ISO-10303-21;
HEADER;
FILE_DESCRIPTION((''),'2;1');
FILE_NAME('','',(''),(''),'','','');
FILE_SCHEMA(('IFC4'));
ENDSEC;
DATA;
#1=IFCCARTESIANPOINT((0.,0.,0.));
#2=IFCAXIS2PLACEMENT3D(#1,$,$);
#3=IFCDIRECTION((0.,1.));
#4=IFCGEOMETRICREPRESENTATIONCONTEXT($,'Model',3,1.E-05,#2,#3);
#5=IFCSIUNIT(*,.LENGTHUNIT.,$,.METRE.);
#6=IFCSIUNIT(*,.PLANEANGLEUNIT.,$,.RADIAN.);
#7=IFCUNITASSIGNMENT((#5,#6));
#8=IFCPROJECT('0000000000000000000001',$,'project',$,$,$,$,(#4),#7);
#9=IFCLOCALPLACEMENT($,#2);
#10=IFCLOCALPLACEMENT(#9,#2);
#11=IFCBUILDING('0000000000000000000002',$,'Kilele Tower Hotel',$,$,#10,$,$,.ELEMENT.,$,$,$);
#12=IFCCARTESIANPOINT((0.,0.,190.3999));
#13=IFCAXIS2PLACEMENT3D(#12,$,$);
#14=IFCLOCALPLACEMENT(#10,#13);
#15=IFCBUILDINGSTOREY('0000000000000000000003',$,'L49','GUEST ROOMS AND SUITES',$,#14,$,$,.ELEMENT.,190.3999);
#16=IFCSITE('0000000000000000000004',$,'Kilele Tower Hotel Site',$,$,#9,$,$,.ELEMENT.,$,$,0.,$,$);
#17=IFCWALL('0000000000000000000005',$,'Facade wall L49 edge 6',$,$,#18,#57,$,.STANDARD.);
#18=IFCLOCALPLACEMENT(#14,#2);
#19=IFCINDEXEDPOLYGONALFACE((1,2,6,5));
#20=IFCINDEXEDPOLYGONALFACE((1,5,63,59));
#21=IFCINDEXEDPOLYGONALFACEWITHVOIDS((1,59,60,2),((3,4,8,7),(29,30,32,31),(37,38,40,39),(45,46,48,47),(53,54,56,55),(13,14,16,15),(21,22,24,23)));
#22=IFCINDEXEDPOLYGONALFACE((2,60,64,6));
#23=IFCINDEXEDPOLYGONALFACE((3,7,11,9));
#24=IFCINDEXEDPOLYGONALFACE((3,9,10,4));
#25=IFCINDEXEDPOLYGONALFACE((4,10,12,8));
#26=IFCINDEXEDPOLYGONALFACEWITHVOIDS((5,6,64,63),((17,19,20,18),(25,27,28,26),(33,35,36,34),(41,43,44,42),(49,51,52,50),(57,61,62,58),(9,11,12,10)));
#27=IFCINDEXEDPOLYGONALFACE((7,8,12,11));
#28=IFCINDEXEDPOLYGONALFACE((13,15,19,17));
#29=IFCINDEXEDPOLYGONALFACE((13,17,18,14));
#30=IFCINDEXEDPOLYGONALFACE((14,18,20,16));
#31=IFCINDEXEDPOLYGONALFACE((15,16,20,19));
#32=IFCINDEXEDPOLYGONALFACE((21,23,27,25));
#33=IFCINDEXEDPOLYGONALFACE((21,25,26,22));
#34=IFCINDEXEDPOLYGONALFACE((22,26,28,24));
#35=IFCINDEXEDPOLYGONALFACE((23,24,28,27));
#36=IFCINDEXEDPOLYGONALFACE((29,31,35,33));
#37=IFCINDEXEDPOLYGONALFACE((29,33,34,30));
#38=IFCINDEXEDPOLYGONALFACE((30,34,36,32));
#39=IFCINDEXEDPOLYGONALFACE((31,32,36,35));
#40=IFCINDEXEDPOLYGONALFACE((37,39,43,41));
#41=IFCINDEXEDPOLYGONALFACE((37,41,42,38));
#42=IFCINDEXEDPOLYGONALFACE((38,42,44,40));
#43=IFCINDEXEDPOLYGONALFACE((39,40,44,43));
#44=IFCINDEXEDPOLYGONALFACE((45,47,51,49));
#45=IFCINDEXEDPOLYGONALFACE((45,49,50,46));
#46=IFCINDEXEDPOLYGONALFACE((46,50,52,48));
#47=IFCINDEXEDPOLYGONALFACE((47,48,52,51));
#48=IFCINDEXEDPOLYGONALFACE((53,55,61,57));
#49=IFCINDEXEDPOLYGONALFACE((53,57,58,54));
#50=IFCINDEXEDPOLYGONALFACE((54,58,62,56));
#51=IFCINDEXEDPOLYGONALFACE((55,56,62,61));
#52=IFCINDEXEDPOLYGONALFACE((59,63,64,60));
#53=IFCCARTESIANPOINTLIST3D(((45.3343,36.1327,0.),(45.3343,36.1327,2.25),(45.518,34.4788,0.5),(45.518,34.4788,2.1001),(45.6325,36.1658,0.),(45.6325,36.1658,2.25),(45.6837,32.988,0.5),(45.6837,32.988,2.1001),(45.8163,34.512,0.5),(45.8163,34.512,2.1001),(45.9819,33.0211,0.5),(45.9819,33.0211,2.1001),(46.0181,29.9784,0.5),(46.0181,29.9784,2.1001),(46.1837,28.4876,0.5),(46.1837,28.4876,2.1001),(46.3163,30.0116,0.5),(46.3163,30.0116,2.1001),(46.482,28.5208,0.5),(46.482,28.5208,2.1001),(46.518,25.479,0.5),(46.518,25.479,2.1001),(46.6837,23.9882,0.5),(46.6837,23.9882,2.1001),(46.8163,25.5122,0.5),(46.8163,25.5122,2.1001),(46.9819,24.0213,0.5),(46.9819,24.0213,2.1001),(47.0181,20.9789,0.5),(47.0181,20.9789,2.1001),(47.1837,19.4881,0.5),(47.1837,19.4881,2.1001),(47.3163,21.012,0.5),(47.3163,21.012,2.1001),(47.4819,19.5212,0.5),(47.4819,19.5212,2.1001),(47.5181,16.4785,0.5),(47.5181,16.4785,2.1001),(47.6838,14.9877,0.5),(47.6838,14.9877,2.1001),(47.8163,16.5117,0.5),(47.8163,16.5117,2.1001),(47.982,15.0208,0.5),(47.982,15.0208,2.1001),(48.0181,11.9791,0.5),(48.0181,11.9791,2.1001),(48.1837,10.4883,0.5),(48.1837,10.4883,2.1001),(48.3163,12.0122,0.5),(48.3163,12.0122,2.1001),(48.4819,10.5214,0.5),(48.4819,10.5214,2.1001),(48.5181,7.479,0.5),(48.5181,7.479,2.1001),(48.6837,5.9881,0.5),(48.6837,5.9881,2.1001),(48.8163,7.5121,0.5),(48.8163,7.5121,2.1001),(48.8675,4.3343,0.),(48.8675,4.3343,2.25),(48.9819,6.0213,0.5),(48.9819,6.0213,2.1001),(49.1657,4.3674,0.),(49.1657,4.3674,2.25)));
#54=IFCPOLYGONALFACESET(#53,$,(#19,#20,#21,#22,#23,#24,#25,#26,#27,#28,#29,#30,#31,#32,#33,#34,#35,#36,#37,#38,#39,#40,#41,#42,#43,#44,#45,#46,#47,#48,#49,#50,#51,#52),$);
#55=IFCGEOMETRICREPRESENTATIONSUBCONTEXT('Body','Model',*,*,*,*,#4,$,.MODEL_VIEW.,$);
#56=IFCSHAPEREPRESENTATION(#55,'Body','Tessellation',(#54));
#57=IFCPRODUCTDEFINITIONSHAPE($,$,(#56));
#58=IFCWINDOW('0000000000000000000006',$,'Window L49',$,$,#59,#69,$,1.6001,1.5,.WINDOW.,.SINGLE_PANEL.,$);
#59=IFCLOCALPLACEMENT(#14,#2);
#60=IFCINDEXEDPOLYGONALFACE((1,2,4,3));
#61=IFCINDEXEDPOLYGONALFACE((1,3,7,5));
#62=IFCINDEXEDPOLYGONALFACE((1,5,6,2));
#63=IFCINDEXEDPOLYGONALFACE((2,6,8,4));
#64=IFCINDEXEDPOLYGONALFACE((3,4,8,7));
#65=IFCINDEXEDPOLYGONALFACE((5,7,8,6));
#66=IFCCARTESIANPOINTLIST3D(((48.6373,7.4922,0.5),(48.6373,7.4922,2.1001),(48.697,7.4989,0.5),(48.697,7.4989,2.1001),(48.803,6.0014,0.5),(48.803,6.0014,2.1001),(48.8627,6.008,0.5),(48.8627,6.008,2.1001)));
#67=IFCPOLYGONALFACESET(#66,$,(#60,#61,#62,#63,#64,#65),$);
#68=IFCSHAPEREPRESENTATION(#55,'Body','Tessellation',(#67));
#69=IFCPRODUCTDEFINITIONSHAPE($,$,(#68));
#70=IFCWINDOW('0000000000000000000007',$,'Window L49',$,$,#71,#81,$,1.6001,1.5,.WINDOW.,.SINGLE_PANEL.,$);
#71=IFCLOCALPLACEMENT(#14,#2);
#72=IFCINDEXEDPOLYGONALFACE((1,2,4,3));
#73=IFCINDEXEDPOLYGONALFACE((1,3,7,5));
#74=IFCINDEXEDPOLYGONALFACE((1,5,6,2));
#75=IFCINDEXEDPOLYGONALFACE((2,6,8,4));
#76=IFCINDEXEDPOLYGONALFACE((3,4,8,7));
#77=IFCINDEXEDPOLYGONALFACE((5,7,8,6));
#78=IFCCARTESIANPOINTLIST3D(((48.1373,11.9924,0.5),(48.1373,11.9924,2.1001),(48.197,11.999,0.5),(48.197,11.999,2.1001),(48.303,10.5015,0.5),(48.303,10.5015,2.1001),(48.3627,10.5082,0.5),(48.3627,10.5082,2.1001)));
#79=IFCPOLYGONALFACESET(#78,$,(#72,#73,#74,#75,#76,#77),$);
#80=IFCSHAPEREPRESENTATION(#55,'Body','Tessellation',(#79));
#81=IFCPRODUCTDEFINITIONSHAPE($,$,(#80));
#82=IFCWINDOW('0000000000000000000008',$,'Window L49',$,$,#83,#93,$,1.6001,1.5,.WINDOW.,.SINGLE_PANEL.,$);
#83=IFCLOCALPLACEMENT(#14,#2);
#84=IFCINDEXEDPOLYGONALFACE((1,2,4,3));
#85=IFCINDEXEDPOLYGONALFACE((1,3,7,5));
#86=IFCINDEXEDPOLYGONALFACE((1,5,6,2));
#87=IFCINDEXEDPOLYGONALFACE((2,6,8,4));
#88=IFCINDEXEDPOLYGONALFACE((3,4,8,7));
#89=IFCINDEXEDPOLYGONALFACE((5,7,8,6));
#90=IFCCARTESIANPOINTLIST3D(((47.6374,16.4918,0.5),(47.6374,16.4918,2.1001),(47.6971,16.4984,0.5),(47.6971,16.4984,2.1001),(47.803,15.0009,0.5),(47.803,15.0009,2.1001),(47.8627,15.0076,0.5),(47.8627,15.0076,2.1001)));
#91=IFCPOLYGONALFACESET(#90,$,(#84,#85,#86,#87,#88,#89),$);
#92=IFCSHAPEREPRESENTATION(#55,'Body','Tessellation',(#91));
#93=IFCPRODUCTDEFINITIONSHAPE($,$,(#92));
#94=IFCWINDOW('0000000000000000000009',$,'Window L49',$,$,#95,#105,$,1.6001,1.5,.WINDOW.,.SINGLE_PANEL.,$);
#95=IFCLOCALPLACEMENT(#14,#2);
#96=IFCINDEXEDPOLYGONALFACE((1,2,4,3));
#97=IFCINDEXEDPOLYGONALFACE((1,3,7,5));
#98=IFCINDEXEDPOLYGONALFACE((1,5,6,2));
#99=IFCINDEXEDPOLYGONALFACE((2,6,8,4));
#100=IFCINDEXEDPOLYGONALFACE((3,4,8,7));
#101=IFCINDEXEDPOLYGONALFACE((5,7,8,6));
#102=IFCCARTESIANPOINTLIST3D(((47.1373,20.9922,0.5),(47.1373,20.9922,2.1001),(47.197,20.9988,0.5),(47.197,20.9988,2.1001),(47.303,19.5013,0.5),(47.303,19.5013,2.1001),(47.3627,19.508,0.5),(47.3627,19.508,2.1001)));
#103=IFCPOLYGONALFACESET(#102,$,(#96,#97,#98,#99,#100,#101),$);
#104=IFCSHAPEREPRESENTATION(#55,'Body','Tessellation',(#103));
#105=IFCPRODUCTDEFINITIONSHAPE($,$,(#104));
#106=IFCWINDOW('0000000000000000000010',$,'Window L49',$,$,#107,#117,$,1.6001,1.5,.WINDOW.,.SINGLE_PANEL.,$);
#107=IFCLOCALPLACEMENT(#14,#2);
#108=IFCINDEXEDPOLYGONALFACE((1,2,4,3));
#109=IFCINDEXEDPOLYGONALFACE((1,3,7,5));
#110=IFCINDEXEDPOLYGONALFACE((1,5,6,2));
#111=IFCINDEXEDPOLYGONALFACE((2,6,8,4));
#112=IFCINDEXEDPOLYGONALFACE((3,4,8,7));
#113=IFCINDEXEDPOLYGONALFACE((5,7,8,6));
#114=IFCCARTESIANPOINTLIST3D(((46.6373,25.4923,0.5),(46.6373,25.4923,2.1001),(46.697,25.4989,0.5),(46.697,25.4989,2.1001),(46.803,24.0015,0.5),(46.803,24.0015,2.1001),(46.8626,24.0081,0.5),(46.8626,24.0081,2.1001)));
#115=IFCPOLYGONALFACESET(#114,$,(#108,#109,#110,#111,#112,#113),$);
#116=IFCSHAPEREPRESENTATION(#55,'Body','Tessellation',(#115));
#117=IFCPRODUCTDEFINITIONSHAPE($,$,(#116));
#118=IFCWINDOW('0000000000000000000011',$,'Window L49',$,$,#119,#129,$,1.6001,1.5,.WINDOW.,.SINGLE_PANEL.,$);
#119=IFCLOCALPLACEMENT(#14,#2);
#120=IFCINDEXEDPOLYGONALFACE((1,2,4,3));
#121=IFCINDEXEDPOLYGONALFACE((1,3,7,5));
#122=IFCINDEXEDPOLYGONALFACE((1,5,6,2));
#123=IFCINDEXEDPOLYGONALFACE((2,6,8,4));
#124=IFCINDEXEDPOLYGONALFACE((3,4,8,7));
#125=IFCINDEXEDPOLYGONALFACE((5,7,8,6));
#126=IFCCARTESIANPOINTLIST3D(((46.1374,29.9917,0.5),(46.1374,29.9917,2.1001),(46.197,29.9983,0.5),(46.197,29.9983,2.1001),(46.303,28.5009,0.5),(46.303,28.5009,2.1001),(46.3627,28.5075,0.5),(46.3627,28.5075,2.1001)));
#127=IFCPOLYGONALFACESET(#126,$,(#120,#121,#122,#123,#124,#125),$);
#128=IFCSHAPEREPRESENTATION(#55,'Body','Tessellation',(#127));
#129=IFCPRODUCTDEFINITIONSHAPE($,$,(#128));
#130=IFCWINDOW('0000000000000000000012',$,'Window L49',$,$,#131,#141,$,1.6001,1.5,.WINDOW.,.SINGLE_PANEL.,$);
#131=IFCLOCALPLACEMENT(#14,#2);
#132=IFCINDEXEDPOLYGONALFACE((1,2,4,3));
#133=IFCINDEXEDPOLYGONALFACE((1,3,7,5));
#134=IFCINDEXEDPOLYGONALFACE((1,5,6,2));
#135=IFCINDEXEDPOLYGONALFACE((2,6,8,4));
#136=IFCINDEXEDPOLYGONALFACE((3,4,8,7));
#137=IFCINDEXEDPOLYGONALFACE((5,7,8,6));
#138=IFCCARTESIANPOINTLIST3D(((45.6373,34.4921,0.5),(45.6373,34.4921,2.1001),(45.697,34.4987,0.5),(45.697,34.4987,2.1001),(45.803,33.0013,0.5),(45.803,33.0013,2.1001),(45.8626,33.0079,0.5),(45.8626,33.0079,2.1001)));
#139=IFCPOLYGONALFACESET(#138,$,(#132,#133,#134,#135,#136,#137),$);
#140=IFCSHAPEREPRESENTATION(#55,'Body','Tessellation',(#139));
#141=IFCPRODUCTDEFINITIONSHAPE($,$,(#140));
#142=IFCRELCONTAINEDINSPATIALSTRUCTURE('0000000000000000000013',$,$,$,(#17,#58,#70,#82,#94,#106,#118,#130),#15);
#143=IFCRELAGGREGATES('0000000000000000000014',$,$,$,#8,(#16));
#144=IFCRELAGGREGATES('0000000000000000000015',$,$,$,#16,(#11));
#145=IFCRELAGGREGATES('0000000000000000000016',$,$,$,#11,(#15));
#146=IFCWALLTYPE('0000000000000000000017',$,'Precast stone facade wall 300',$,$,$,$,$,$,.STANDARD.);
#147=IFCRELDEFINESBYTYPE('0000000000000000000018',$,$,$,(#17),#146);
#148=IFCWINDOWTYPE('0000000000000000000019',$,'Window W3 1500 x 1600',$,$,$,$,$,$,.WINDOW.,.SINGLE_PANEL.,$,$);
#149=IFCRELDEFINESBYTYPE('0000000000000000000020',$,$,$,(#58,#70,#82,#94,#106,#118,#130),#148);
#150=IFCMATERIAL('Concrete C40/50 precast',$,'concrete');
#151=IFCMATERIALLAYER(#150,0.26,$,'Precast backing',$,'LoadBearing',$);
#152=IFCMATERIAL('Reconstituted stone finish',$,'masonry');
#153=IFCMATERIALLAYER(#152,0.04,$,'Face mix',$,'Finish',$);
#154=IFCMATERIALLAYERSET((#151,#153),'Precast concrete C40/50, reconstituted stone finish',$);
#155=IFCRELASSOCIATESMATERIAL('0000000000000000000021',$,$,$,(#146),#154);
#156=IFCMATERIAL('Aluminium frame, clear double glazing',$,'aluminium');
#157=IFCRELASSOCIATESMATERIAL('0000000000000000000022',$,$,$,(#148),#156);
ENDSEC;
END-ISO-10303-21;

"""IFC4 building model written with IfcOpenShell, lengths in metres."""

from ifc_helpers import new_model, si_unit, direction, frame, frame_2d, origin, place, context, subcontext, project, spatial, rectangle, extrude, material, layer, layer_set, type_object, element, fill, save


model = new_model("IFC4")

# Units and contexts
model_context = context("Model", 3, precision=1e-05, world=origin(), true_north=direction((0.0, 1.0)))
body_context = subcontext(model_context, "Body", "Model", "MODEL_VIEW")
ifc_project = project(units=[si_unit("LENGTHUNIT", "METRE"), si_unit("PLANEANGLEUNIT", "RADIAN")], contexts=[model_context])

# Site, building, storey
site_placement = place(None, origin())
site = spatial("IfcSite", under=ifc_project, at=site_placement, Name="Kilele Tower Hotel Site", CompositionType="ELEMENT", RefElevation=0.0)
building_placement = place(site_placement, origin())
building = spatial("IfcBuilding", under=site, at=building_placement, Name="Kilele Tower Hotel", CompositionType="ELEMENT")
storey_placement = place(building_placement, frame((0.0, 0.0, 190.3999)))
storey = spatial("IfcBuildingStorey", under=building, at=storey_placement, Name="L49", Description="GUEST ROOMS AND SUITES", CompositionType="ELEMENT", Elevation=190.3999)

# Shared definitions
ifc_material_1 = material(Name="Concrete C40/50 precast", Category="concrete")
ifc_layer_1 = layer(ifc_material_1, 0.26, Name="Precast backing", Category="LoadBearing")
ifc_material_2 = material(Name="Reconstituted stone finish", Category="masonry")
ifc_layer_2 = layer(ifc_material_2, 0.04, Name="Face mix", Category="Finish")
ifc_layer_set_1 = layer_set([ifc_layer_1, ifc_layer_2], Name="Precast concrete C40/50, reconstituted stone finish")
wall_type_1 = type_object("IfcWallType", Name="Precast stone facade wall 300", PredefinedType="STANDARD", material=ifc_layer_set_1)
ifc_material_3 = material(Name="Aluminium frame, clear double glazing", Category="aluminium")
window_type_1 = type_object("IfcWindowType", Name="Window W3 1500 x 1600", PartitioningType="SINGLE_PANEL", PredefinedType="WINDOW", material=ifc_material_3)

# Wall, openings, windows
wall_1_placement = place(storey_placement, frame((49.0166, 4.3508, 0.0), z_axis=(0.0, 0.0, 1.0), x_axis=(-0.110433, 0.993884, 0.0)))
wall_1 = element("IfcWall", 1, at=wall_1_placement, inside=storey, type_object=wall_type_1, Name="Facade wall L49 edge 6", PredefinedType="STANDARD", context=body_context, shape_type="SweptSolid", body=[
    extrude(rectangle(XDim=31.9941, YDim=0.3, at=frame_2d((15.9971, 0.0))), origin(), (0.0, 0.0, 1.0), 2.25),
])
opening_1_placement = place(wall_1_placement, frame((1.6641, 0.0, 0.5)))
opening_1 = element("IfcOpeningElement", 2, at=opening_1_placement, cuts=wall_1, PredefinedType="OPENING", context=body_context, shape_type="SweptSolid", body=[
    extrude(rectangle(XDim=1.5, YDim=1.6001, at=frame_2d((0.75, 0.8))), frame((0.0, 0.1599, 0.0), z_axis=(0.0, -1.0, 0.0), x_axis=(1.0, 0.0, 0.0)), (0.0, 0.0, 1.0), 0.3201),
])
opening_2_placement = place(wall_1_placement, frame((6.1919, 0.0, 0.5)))
opening_2 = element("IfcOpeningElement", 3, at=opening_2_placement, cuts=wall_1, PredefinedType="OPENING", context=body_context, shape_type="SweptSolid", body=[
    extrude(rectangle(XDim=1.5, YDim=1.6001, at=frame_2d((0.75, 0.8))), frame((0.0, 0.1599, 0.0), z_axis=(0.0, -1.0, 0.0), x_axis=(1.0, 0.0, 0.0)), (0.0, 0.0, 1.0), 0.3201),
])
opening_3_placement = place(wall_1_placement, frame((10.719, 0.0, 0.5)))
opening_3 = element("IfcOpeningElement", 4, at=opening_3_placement, cuts=wall_1, PredefinedType="OPENING", context=body_context, shape_type="SweptSolid", body=[
    extrude(rectangle(XDim=1.5, YDim=1.6001, at=frame_2d((0.75, 0.8))), frame((0.0, 0.1599, 0.0), z_axis=(0.0, -1.0, 0.0), x_axis=(1.0, 0.0, 0.0)), (0.0, 0.0, 1.0), 0.3201),
])
opening_4_placement = place(wall_1_placement, frame((15.2471, 0.0, 0.5)))
opening_4 = element("IfcOpeningElement", 5, at=opening_4_placement, cuts=wall_1, PredefinedType="OPENING", context=body_context, shape_type="SweptSolid", body=[
    extrude(rectangle(XDim=1.5, YDim=1.6001, at=frame_2d((0.75, 0.8))), frame((0.0, 0.1599, 0.0), z_axis=(0.0, -1.0, 0.0), x_axis=(1.0, 0.0, 0.0)), (0.0, 0.0, 1.0), 0.3201),
])
opening_5_placement = place(wall_1_placement, frame((19.7749, 0.0, 0.5)))
opening_5 = element("IfcOpeningElement", 6, at=opening_5_placement, cuts=wall_1, PredefinedType="OPENING", context=body_context, shape_type="SweptSolid", body=[
    extrude(rectangle(XDim=1.5, YDim=1.6001, at=frame_2d((0.75, 0.8))), frame((0.0, 0.1599, 0.0), z_axis=(0.0, -1.0, 0.0), x_axis=(1.0, 0.0, 0.0)), (0.0, 0.0, 1.0), 0.3201),
])
opening_6_placement = place(wall_1_placement, frame((24.302, 0.0, 0.5)))
opening_6 = element("IfcOpeningElement", 7, at=opening_6_placement, cuts=wall_1, PredefinedType="OPENING", context=body_context, shape_type="SweptSolid", body=[
    extrude(rectangle(XDim=1.5, YDim=1.6001, at=frame_2d((0.75, 0.8))), frame((0.0, 0.1599, 0.0), z_axis=(0.0, -1.0, 0.0), x_axis=(1.0, 0.0, 0.0)), (0.0, 0.0, 1.0), 0.3201),
])
opening_7_placement = place(wall_1_placement, frame((28.8301, 0.0, 0.5)))
opening_7 = element("IfcOpeningElement", 8, at=opening_7_placement, cuts=wall_1, PredefinedType="OPENING", context=body_context, shape_type="SweptSolid", body=[
    extrude(rectangle(XDim=1.5, YDim=1.6001, at=frame_2d((0.75, 0.8))), frame((0.0, 0.1599, 0.0), z_axis=(0.0, -1.0, 0.0), x_axis=(1.0, 0.0, 0.0)), (0.0, 0.0, 1.0), 0.3201),
])
window_1_placement = place(opening_1_placement, origin())
window_1 = element("IfcWindow", 9, at=window_1_placement, inside=storey, type_object=window_type_1, Name="Window L49", OverallHeight=1.6001, OverallWidth=1.5, PartitioningType="SINGLE_PANEL", PredefinedType="WINDOW", context=body_context, shape_type="SweptSolid", body=[
    extrude(rectangle(XDim=1.5, YDim=1.6001, at=frame_2d((0.75, 0.8))), frame((0.0, 0.03, 0.0), z_axis=(0.0, -1.0, 0.0), x_axis=(1.0, 0.0, 0.0)), (0.0, 0.0, 1.0), 0.0601),
])
fill(opening_1, window_1)
window_2_placement = place(opening_2_placement, origin())
window_2 = element("IfcWindow", 10, at=window_2_placement, inside=storey, type_object=window_type_1, Name="Window L49", OverallHeight=1.6001, OverallWidth=1.5, PartitioningType="SINGLE_PANEL", PredefinedType="WINDOW", context=body_context, shape_type="SweptSolid", body=[
    extrude(rectangle(XDim=1.5, YDim=1.6001, at=frame_2d((0.75, 0.8))), frame((0.0, 0.03, 0.0), z_axis=(0.0, -1.0, 0.0), x_axis=(1.0, 0.0, 0.0)), (0.0, 0.0, 1.0), 0.0601),
])
fill(opening_2, window_2)
window_3_placement = place(opening_3_placement, origin())
window_3 = element("IfcWindow", 11, at=window_3_placement, inside=storey, type_object=window_type_1, Name="Window L49", OverallHeight=1.6001, OverallWidth=1.5, PartitioningType="SINGLE_PANEL", PredefinedType="WINDOW", context=body_context, shape_type="SweptSolid", body=[
    extrude(rectangle(XDim=1.5, YDim=1.6001, at=frame_2d((0.75, 0.8))), frame((0.0, 0.03, 0.0), z_axis=(0.0, -1.0, 0.0), x_axis=(1.0, 0.0, 0.0)), (0.0, 0.0, 1.0), 0.0601),
])
fill(opening_3, window_3)
window_4_placement = place(opening_4_placement, origin())
window_4 = element("IfcWindow", 12, at=window_4_placement, inside=storey, type_object=window_type_1, Name="Window L49", OverallHeight=1.6001, OverallWidth=1.5, PartitioningType="SINGLE_PANEL", PredefinedType="WINDOW", context=body_context, shape_type="SweptSolid", body=[
    extrude(rectangle(XDim=1.5, YDim=1.6001, at=frame_2d((0.75, 0.8))), frame((0.0, 0.03, 0.0), z_axis=(0.0, -1.0, 0.0), x_axis=(1.0, 0.0, 0.0)), (0.0, 0.0, 1.0), 0.0601),
])
fill(opening_4, window_4)
window_5_placement = place(opening_5_placement, origin())
window_5 = element("IfcWindow", 13, at=window_5_placement, inside=storey, type_object=window_type_1, Name="Window L49", OverallHeight=1.6001, OverallWidth=1.5, PartitioningType="SINGLE_PANEL", PredefinedType="WINDOW", context=body_context, shape_type="SweptSolid", body=[
    extrude(rectangle(XDim=1.5, YDim=1.6001, at=frame_2d((0.75, 0.8))), frame((0.0, 0.03, 0.0), z_axis=(0.0, -1.0, 0.0), x_axis=(1.0, 0.0, 0.0)), (0.0, 0.0, 1.0), 0.0601),
])
fill(opening_5, window_5)
window_6_placement = place(opening_6_placement, origin())
window_6 = element("IfcWindow", 14, at=window_6_placement, inside=storey, type_object=window_type_1, Name="Window L49", OverallHeight=1.6001, OverallWidth=1.5, PartitioningType="SINGLE_PANEL", PredefinedType="WINDOW", context=body_context, shape_type="SweptSolid", body=[
    extrude(rectangle(XDim=1.5, YDim=1.6001, at=frame_2d((0.75, 0.8))), frame((0.0, 0.03, 0.0), z_axis=(0.0, -1.0, 0.0), x_axis=(1.0, 0.0, 0.0)), (0.0, 0.0, 1.0), 0.0601),
])
fill(opening_6, window_6)
window_7_placement = place(opening_7_placement, origin())
window_7 = element("IfcWindow", 15, at=window_7_placement, inside=storey, type_object=window_type_1, Name="Window L49", OverallHeight=1.6001, OverallWidth=1.5, PartitioningType="SINGLE_PANEL", PredefinedType="WINDOW", context=body_context, shape_type="SweptSolid", body=[
    extrude(rectangle(XDim=1.5, YDim=1.6001, at=frame_2d((0.75, 0.8))), frame((0.0, 0.03, 0.0), z_axis=(0.0, -1.0, 0.0), x_axis=(1.0, 0.0, 0.0)), (0.0, 0.0, 1.0), 0.0601),
])
fill(opening_7, window_7)

save(model, "model.ifc")
